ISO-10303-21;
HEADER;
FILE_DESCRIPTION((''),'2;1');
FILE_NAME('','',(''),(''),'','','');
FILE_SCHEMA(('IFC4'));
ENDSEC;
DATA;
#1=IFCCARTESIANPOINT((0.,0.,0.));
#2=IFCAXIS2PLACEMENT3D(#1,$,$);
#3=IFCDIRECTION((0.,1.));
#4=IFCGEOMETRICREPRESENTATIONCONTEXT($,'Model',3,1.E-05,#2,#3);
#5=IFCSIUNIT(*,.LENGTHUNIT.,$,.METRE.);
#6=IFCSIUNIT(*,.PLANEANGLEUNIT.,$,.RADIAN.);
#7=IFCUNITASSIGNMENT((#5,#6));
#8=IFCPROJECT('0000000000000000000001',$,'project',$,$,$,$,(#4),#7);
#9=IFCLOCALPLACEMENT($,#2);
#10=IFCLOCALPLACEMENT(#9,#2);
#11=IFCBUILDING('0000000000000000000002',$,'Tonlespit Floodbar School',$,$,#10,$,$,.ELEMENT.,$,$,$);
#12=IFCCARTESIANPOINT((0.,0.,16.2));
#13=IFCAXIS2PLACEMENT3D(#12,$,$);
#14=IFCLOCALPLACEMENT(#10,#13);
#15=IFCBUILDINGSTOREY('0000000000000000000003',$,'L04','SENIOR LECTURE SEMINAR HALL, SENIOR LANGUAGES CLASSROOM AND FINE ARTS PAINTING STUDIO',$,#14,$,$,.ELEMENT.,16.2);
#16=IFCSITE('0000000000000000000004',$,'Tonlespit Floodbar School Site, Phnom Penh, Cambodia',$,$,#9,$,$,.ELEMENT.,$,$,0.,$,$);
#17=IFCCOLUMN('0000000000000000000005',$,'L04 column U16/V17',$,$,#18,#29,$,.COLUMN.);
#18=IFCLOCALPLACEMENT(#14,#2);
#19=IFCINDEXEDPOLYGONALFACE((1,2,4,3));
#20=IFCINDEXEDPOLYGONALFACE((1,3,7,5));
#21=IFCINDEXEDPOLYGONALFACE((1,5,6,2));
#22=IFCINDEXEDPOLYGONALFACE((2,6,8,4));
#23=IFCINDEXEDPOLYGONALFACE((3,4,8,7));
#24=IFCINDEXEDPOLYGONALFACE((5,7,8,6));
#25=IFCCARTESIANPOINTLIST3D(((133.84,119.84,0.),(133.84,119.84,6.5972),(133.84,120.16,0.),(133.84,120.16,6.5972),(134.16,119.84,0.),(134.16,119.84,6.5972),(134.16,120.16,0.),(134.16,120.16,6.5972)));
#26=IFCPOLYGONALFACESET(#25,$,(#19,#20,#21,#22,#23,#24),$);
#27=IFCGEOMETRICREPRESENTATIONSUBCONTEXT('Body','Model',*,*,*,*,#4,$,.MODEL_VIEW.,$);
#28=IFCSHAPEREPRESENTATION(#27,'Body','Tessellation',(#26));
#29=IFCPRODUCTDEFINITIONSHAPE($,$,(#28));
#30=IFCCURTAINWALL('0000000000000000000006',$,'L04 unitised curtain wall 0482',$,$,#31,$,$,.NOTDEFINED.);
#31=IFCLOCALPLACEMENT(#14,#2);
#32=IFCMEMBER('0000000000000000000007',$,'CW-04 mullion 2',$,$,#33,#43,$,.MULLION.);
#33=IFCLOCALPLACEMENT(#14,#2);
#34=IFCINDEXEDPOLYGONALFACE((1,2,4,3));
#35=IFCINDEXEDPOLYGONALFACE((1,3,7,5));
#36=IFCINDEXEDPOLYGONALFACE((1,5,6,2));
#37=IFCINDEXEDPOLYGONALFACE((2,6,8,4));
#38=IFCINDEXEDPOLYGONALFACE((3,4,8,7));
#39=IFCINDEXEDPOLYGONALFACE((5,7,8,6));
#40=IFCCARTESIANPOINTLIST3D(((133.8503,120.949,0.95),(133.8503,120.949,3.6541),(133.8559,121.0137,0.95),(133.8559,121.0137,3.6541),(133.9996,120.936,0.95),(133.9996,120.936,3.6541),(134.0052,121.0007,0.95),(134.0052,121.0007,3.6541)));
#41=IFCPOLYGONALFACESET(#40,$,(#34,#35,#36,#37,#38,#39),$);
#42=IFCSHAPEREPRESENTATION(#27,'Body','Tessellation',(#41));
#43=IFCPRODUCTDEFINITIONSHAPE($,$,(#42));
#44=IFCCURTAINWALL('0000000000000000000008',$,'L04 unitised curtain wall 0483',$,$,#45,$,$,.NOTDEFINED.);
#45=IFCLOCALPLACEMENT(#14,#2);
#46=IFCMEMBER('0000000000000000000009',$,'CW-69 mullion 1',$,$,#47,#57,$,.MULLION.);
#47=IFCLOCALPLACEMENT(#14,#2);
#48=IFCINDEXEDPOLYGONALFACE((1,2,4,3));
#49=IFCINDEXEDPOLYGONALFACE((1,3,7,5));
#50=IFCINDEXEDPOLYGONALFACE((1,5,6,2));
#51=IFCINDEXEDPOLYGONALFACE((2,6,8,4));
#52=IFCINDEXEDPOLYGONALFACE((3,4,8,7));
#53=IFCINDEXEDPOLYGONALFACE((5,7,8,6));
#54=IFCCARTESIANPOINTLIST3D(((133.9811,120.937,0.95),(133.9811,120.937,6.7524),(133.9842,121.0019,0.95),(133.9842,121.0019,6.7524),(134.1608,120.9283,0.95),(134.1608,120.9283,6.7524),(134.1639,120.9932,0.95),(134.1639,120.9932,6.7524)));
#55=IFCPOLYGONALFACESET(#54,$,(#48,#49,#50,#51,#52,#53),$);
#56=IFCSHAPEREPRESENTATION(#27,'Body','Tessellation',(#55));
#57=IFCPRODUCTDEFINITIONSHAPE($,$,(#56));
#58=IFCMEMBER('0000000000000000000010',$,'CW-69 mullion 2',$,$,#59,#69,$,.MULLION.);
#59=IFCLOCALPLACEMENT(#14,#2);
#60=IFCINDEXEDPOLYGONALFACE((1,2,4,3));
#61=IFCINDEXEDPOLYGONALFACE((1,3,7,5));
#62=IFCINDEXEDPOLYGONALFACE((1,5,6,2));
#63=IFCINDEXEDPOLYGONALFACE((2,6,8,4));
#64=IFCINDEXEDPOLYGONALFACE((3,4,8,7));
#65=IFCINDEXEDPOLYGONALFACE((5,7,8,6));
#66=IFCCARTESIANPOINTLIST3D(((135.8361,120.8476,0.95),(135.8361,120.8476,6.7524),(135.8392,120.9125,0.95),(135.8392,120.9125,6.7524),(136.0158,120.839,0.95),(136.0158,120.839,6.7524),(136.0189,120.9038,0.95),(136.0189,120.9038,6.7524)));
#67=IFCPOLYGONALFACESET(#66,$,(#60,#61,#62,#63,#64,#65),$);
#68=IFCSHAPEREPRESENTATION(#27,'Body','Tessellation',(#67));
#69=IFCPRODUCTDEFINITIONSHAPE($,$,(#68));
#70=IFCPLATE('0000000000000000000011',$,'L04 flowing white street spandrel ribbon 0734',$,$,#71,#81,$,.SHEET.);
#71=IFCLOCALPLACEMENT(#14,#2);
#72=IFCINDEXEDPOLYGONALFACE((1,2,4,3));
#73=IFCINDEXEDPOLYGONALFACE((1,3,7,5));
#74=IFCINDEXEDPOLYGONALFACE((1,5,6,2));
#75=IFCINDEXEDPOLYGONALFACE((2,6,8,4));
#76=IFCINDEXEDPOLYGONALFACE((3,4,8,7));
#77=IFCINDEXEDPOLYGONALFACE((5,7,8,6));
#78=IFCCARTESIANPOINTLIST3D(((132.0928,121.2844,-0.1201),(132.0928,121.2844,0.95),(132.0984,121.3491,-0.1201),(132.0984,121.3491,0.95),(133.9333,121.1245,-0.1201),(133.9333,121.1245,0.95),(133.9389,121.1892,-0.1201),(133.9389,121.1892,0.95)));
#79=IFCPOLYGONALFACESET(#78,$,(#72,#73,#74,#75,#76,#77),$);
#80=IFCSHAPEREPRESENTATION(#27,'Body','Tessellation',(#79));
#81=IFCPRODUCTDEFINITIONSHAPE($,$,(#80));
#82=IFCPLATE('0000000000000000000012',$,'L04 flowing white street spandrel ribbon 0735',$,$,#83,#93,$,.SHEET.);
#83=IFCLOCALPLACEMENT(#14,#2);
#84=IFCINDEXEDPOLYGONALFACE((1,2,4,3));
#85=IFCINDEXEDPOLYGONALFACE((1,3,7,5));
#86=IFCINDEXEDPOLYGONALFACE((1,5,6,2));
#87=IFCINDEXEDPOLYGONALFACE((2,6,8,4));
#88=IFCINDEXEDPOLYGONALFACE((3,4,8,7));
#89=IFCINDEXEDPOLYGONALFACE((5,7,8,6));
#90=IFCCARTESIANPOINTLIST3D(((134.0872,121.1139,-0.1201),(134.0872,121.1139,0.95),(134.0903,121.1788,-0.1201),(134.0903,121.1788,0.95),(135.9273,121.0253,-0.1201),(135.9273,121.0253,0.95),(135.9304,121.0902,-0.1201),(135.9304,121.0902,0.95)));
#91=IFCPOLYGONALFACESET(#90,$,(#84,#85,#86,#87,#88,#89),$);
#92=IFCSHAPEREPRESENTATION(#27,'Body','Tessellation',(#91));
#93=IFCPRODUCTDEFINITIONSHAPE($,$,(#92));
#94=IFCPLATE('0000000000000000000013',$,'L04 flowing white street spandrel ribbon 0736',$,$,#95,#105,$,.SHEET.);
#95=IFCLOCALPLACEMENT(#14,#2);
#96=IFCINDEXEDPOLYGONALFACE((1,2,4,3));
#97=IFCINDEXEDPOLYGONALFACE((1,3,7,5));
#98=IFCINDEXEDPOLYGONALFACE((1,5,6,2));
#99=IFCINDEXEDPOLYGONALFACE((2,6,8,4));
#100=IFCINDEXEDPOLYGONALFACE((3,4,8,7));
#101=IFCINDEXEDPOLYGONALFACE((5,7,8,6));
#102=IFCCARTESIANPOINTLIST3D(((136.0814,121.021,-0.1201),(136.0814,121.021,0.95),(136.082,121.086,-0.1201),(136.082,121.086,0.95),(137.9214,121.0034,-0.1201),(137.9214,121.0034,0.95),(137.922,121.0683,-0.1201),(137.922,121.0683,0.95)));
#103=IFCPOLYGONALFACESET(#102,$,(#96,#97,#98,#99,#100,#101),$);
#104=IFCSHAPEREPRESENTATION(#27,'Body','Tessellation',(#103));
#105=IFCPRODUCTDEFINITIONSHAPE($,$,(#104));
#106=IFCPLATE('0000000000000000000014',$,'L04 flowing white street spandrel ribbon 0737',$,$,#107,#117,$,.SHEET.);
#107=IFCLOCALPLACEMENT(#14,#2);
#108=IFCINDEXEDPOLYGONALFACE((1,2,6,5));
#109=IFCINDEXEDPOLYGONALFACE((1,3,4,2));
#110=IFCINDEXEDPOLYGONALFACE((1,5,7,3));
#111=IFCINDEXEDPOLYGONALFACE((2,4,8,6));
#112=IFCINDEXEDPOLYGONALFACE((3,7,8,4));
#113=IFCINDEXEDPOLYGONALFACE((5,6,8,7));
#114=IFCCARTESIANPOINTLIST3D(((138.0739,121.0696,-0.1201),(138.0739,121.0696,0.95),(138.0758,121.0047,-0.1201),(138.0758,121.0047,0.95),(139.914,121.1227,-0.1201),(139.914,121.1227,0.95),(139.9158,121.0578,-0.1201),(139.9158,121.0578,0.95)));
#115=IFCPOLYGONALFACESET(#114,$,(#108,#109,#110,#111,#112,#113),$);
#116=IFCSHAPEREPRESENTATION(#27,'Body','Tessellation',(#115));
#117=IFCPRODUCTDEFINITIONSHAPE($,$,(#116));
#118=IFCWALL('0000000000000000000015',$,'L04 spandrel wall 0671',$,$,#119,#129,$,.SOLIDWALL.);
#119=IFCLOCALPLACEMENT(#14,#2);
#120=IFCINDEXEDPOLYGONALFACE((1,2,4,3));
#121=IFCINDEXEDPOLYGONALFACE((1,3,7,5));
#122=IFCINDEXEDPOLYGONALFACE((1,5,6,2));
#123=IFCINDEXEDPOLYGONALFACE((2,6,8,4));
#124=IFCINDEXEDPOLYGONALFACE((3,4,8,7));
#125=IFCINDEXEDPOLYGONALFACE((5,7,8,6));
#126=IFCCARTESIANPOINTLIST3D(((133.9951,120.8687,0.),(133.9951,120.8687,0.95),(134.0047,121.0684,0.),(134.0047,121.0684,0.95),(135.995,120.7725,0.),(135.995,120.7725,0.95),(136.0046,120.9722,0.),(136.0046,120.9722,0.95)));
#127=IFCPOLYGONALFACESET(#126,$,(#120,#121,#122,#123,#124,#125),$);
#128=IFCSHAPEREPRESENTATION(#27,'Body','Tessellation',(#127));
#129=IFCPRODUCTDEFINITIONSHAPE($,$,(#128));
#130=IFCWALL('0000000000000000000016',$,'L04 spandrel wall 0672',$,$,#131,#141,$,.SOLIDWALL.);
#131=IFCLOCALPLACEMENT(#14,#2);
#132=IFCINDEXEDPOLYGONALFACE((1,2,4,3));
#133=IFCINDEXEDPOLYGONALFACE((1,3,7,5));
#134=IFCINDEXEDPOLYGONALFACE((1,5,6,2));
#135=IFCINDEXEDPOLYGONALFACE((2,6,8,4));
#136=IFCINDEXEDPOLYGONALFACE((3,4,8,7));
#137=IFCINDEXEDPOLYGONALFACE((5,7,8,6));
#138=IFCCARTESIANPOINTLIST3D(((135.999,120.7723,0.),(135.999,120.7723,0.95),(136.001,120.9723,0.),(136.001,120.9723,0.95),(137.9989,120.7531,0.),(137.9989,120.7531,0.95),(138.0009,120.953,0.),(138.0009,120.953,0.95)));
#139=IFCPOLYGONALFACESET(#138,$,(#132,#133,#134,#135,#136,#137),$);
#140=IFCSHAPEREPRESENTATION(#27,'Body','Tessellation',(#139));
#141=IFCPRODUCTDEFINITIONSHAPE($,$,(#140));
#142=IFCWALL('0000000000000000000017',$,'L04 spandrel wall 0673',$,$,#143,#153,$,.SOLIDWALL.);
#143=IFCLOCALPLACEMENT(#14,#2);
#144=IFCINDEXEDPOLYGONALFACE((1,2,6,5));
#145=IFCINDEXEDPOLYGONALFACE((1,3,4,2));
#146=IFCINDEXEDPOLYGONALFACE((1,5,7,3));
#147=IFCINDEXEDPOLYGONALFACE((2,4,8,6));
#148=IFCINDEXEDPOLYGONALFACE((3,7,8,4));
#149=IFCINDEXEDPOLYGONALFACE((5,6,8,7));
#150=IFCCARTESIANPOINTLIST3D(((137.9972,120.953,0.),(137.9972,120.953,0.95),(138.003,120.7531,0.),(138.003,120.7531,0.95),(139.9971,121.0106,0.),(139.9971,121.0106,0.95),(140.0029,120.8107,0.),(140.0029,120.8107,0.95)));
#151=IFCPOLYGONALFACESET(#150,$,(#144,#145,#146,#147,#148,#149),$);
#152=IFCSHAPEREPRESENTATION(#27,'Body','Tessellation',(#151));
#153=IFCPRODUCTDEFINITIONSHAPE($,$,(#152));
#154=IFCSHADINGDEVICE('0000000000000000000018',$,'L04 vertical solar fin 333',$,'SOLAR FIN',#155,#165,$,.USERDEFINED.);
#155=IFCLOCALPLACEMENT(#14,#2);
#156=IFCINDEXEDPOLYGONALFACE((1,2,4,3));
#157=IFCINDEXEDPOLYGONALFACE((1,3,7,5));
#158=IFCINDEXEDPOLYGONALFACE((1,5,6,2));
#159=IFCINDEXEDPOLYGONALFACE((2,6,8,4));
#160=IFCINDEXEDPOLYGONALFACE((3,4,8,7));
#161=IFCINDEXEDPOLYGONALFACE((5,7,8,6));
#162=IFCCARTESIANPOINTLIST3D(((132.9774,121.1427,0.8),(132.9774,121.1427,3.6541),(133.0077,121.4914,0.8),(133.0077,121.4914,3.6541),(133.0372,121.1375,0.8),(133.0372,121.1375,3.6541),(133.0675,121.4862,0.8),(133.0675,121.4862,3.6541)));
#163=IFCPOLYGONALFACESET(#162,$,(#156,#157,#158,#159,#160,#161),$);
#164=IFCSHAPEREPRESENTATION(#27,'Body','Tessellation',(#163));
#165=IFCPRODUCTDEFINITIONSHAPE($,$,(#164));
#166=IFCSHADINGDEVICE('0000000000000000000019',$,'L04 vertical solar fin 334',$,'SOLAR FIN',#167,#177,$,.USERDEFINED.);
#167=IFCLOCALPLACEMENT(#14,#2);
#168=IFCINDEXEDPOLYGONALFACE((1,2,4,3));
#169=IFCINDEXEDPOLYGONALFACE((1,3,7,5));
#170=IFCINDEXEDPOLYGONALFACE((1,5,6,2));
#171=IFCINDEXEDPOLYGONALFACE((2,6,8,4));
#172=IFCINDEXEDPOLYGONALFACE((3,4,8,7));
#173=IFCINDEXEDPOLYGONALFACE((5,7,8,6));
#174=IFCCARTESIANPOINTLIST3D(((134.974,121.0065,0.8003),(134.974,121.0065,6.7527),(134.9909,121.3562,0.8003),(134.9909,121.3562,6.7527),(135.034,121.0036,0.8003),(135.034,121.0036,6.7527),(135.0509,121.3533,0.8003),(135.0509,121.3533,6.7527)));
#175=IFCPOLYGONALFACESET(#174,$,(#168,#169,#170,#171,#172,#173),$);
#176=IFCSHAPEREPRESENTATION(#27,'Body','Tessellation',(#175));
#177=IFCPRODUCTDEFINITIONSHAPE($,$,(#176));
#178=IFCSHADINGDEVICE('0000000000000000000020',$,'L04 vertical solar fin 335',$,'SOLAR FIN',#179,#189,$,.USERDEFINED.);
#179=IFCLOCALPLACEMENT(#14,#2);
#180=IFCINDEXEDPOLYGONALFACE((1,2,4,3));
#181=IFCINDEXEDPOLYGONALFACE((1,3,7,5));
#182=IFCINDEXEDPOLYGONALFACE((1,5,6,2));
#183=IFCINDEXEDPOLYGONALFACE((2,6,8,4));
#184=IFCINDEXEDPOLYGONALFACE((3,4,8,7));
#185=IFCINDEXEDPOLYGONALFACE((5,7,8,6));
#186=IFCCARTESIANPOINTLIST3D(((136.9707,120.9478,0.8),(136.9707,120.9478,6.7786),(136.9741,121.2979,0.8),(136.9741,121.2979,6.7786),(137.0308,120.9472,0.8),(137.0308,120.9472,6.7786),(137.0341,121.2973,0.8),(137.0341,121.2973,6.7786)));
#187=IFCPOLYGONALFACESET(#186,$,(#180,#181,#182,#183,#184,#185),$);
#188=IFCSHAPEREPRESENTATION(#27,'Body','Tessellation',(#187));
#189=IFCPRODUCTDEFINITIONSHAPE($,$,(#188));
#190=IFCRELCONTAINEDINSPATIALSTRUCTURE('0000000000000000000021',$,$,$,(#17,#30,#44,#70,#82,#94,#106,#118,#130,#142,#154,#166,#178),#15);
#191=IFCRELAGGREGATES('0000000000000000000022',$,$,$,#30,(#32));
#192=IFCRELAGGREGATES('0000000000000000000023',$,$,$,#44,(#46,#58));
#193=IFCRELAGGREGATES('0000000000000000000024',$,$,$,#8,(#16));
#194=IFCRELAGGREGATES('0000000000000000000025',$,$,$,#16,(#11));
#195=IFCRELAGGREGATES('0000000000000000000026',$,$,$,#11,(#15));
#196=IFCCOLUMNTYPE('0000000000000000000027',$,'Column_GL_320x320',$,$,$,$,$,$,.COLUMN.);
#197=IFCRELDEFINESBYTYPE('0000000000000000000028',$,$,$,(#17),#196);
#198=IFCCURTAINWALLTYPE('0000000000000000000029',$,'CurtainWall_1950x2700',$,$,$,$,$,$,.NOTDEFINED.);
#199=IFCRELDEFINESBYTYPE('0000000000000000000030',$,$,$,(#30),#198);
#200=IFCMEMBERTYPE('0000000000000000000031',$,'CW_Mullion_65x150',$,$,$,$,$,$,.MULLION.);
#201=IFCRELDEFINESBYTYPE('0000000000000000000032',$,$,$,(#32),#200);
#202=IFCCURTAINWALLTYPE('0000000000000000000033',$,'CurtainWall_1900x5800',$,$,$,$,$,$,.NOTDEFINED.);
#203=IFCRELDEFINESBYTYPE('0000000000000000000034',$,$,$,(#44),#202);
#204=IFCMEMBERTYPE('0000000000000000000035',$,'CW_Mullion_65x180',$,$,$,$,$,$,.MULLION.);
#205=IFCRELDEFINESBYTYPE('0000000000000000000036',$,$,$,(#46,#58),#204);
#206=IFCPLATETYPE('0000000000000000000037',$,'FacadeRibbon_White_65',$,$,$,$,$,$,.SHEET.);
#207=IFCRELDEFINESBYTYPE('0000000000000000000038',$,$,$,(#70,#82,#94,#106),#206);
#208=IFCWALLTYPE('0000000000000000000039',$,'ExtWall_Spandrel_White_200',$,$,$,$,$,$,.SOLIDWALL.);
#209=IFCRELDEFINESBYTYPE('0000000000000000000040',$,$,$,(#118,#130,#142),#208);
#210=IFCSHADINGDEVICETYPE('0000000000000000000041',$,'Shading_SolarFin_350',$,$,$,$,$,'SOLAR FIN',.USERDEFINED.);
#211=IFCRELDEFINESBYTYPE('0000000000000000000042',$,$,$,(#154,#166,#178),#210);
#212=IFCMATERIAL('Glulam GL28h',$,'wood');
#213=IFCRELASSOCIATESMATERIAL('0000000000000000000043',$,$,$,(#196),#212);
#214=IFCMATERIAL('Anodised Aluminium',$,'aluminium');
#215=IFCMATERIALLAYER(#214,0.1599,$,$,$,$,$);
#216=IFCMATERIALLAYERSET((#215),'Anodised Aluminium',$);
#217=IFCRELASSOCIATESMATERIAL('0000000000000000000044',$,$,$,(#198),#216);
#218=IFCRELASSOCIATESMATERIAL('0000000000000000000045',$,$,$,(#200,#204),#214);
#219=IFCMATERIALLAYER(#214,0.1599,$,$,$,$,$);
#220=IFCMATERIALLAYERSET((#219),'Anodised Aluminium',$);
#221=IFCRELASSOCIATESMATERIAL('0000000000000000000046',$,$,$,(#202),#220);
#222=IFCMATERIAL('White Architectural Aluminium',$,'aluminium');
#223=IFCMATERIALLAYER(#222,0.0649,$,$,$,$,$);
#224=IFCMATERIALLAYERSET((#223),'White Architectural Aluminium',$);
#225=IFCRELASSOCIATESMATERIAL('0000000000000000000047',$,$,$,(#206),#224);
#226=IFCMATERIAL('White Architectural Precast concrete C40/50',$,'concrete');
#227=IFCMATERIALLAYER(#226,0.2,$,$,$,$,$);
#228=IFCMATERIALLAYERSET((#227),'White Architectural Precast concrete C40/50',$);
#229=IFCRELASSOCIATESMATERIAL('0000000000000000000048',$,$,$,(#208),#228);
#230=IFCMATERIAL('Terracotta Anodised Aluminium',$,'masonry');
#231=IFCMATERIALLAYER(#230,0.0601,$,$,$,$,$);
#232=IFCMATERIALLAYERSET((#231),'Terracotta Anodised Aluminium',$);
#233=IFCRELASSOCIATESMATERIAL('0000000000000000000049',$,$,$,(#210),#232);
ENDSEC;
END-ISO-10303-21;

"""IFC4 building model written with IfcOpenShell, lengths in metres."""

from ifc_helpers import new_model, si_unit, direction, frame, frame_2d, origin, origin_2d, place, context, subcontext, project, spatial, rectangle, extrude, material, layer, layer_set, material_profile, profile_set, type_object, element, aggregate, save


model = new_model("IFC4")

# Units and contexts
model_context = context("Model", 3, precision=1e-05, world=origin(), true_north=direction((0.0, 1.0)))
body_context = subcontext(model_context, "Body", "Model", "MODEL_VIEW")
ifc_project = project(units=[si_unit("LENGTHUNIT", "METRE"), si_unit("PLANEANGLEUNIT", "RADIAN")], contexts=[model_context])

# Site, building, storey
site_placement = place(None, origin())
site = spatial("IfcSite", under=ifc_project, at=site_placement, Name="Tonlespit Floodbar School Site, Phnom Penh, Cambodia", CompositionType="ELEMENT", RefElevation=0.0)
building_placement = place(site_placement, origin())
building = spatial("IfcBuilding", under=site, at=building_placement, Name="Tonlespit Floodbar School", CompositionType="ELEMENT")
storey_placement = place(building_placement, frame((0.0, 0.0, 16.2)))
storey = spatial("IfcBuildingStorey", under=building, at=storey_placement, Name="L04", Description="SENIOR LECTURE SEMINAR HALL, SENIOR LANGUAGES CLASSROOM AND FINE ARTS PAINTING STUDIO", CompositionType="ELEMENT", Elevation=16.2)

# Column
ifc_material_1 = material(Name="Glulam GL28h", Category="wood")
ifc_material_profile_1 = material_profile(ifc_material_1, rectangle(XDim=0.3201, YDim=0.3201, at=origin_2d()), Name="GL 320x320")
ifc_profile_set_1 = profile_set([ifc_material_profile_1], Name="Glulam GL28h")
column_type = type_object("IfcColumnType", Name="Column_GL_320x320", PredefinedType="COLUMN", material=ifc_profile_set_1)
column_placement = place(storey_placement, frame((134.0, 120.0, 0.0), z_axis=(0.0, 0.0, 1.0), x_axis=(1.0, 0.0, 0.0)))
element("IfcColumn", 1, at=column_placement, inside=storey, type_object=column_type, Name="L04 column U16/V17", PredefinedType="COLUMN", context=body_context, shape_type="SweptSolid", body=[
    extrude(rectangle(XDim=0.3201, YDim=0.3201, at=origin_2d()), origin(), (0.0, 0.0, 1.0), 6.5972),
])

# Curtain wall, member
ifc_material_2 = material(Name="Anodised Aluminium", Category="aluminium")
ifc_layer_1 = layer(ifc_material_2, 0.1599)
ifc_layer_set_1 = layer_set([ifc_layer_1], Name="Anodised Aluminium")
curtain_wall_type_1 = type_object("IfcCurtainWallType", Name="CurtainWall_1950x2700", PredefinedType="NOTDEFINED", material=ifc_layer_set_1)
curtain_wall_1_placement = place(storey_placement, origin())
curtain_wall_1 = element("IfcCurtainWall", 2, at=curtain_wall_1_placement, inside=storey, type_object=curtain_wall_type_1, Name="L04 unitised curtain wall 0482", PredefinedType="NOTDEFINED")
ifc_material_profile_2 = material_profile(ifc_material_2, rectangle(XDim=0.0649, YDim=0.1499, at=origin_2d()), Name="ALU M65x150")
ifc_profile_set_2 = profile_set([ifc_material_profile_2], Name="Anodised Aluminium")
member_type_1 = type_object("IfcMemberType", Name="CW_Mullion_65x150", PredefinedType="MULLION", material=ifc_profile_set_2)
member_1_placement = place(storey_placement, frame((133.9277, 120.9749, 0.95), z_axis=(0.0, 0.0, 1.0), x_axis=(0.086531, 0.996249, 0.0)))
member_1 = element("IfcMember", 3, at=member_1_placement, type_object=member_type_1, Name="CW-04 mullion 2", PredefinedType="MULLION", context=body_context, shape_type="SweptSolid", body=[
    extrude(rectangle(XDim=0.0649, YDim=0.1499, at=origin_2d()), origin(), (0.0, 0.0, 1.0), 2.7041),
])
aggregate(curtain_wall_1, [member_1])

# Curtain wall, members
ifc_layer_2 = layer(ifc_material_2, 0.1599)
ifc_layer_set_2 = layer_set([ifc_layer_2], Name="Anodised Aluminium")
curtain_wall_type_2 = type_object("IfcCurtainWallType", Name="CurtainWall_1900x5800", PredefinedType="NOTDEFINED", material=ifc_layer_set_2)
curtain_wall_2_placement = place(storey_placement, origin())
curtain_wall_2 = element("IfcCurtainWall", 4, at=curtain_wall_2_placement, inside=storey, type_object=curtain_wall_type_2, Name="L04 unitised curtain wall 0483", PredefinedType="NOTDEFINED")
ifc_material_profile_3 = material_profile(ifc_material_2, rectangle(XDim=0.0649, YDim=0.1799, at=origin_2d()), Name="ALU M65x180")
ifc_profile_set_3 = profile_set([ifc_material_profile_3], Name="Anodised Aluminium")
member_type_2 = type_object("IfcMemberType", Name="CW_Mullion_65x180", PredefinedType="MULLION", material=ifc_profile_set_3)
member_2_placement = place(storey_placement, frame((134.0725, 120.9651, 0.95), z_axis=(0.0, 0.0, 1.0), x_axis=(0.048121, 0.998842, 0.0)))
member_2 = element("IfcMember", 5, at=member_2_placement, type_object=member_type_2, Name="CW-69 mullion 1", PredefinedType="MULLION", context=body_context, shape_type="SweptSolid", body=[
    extrude(rectangle(XDim=0.0649, YDim=0.1799, at=origin_2d()), origin(), (0.0, 0.0, 1.0), 5.8025),
])
member_3_placement = place(storey_placement, frame((135.9275, 120.8757, 0.95), z_axis=(0.0, 0.0, 1.0), x_axis=(0.048121, 0.998842, 0.0)))
member_3 = element("IfcMember", 6, at=member_3_placement, type_object=member_type_2, Name="CW-69 mullion 2", PredefinedType="MULLION", context=body_context, shape_type="SweptSolid", body=[
    extrude(rectangle(XDim=0.0649, YDim=0.1799, at=origin_2d()), origin(), (0.0, 0.0, 1.0), 5.8025),
])
aggregate(curtain_wall_2, [member_2, member_3])

# Plates
ifc_material_3 = material(Name="White Architectural Aluminium", Category="aluminium")
ifc_layer_3 = layer(ifc_material_3, 0.0649)
ifc_layer_set_3 = layer_set([ifc_layer_3], Name="White Architectural Aluminium")
plate_type = type_object("IfcPlateType", Name="FacadeRibbon_White_65", PredefinedType="SHEET", material=ifc_layer_set_3)
plate_1_placement = place(storey_placement, frame((133.0159, 121.2368, -0.1201), z_axis=(0.0, 0.0, 1.0), x_axis=(0.996245, -0.086573, 0.0)))
element("IfcPlate", 7, at=plate_1_placement, inside=storey, type_object=plate_type, Name="L04 flowing white street spandrel ribbon 0734", PredefinedType="SHEET", context=body_context, shape_type="SweptSolid", body=[
    extrude(rectangle(XDim=1.8474, YDim=0.0649, at=origin_2d()), origin(), (0.0, 0.0, 1.0), 1.0701),
])
plate_2_placement = place(storey_placement, frame((135.0088, 121.1021, -0.1201), z_axis=(0.0, 0.0, 1.0), x_axis=(0.998843, -0.048095, 0.0)))
element("IfcPlate", 8, at=plate_2_placement, inside=storey, type_object=plate_type, Name="L04 flowing white street spandrel ribbon 0735", PredefinedType="SHEET", context=body_context, shape_type="SweptSolid", body=[
    extrude(rectangle(XDim=1.8423, YDim=0.0649, at=origin_2d()), origin(), (0.0, 0.0, 1.0), 1.0701),
])
plate_3_placement = place(storey_placement, frame((137.0017, 121.0447, -0.1201), z_axis=(0.0, 0.0, 1.0), x_axis=(0.999954, -0.009599, 0.0)))
element("IfcPlate", 9, at=plate_3_placement, inside=storey, type_object=plate_type, Name="L04 flowing white street spandrel ribbon 0736", PredefinedType="SHEET", context=body_context, shape_type="SweptSolid", body=[
    extrude(rectangle(XDim=1.8401, YDim=0.0649, at=origin_2d()), origin(), (0.0, 0.0, 1.0), 1.0701),
])
plate_4_placement = place(storey_placement, frame((138.9949, 121.0637, -0.1201), z_axis=(0.0, 0.0, 1.0), x_axis=(0.999584, 0.028838, 0.0)))
element("IfcPlate", 10, at=plate_4_placement, inside=storey, type_object=plate_type, Name="L04 flowing white street spandrel ribbon 0737", PredefinedType="SHEET", context=body_context, shape_type="SweptSolid", body=[
    extrude(rectangle(XDim=1.8408, YDim=0.0649, at=origin_2d()), origin(), (0.0, 0.0, 1.0), 1.0701),
])

# Walls
ifc_material_4 = material(Name="White Architectural Precast concrete C40/50", Category="concrete")
ifc_layer_4 = layer(ifc_material_4, 0.2)
ifc_layer_set_4 = layer_set([ifc_layer_4], Name="White Architectural Precast concrete C40/50")
wall_type = type_object("IfcWallType", Name="ExtWall_Spandrel_White_200", PredefinedType="SOLIDWALL", material=ifc_layer_set_4)
wall_1_placement = place(storey_placement, frame((134.0, 120.9685, 0.0), z_axis=(0.0, 0.0, 1.0), x_axis=(0.998845, -0.04804, 0.0)))
element("IfcWall", 11, at=wall_1_placement, inside=storey, type_object=wall_type, Name="L04 spandrel wall 0671", PredefinedType="SOLIDWALL", context=body_context, shape_type="SweptSolid", body=[
    extrude(rectangle(XDim=2.0022, YDim=0.2, at=frame_2d((1.001, 0.0))), origin(), (0.0, 0.0, 1.0), 0.95),
])
wall_2_placement = place(storey_placement, frame((136.0, 120.8723, 0.0), z_axis=(0.0, 0.0, 1.0), x_axis=(0.999954, -0.009643, 0.0)))
element("IfcWall", 12, at=wall_2_placement, inside=storey, type_object=wall_type, Name="L04 spandrel wall 0672", PredefinedType="SOLIDWALL", context=body_context, shape_type="SweptSolid", body=[
    extrude(rectangle(XDim=2.0, YDim=0.2, at=frame_2d((1.0, 0.0))), origin(), (0.0, 0.0, 1.0), 0.95),
])
wall_3_placement = place(storey_placement, frame((138.0, 120.853, 0.0), z_axis=(0.0, 0.0, 1.0), x_axis=(0.999585, 0.028797, 0.0)))
element("IfcWall", 13, at=wall_3_placement, inside=storey, type_object=wall_type, Name="L04 spandrel wall 0673", PredefinedType="SOLIDWALL", context=body_context, shape_type="SweptSolid", body=[
    extrude(rectangle(XDim=2.0007, YDim=0.2, at=frame_2d((1.0005, 0.0))), origin(), (0.0, 0.0, 1.0), 0.95),
])

# Shading devices
ifc_material_5 = material(Name="Terracotta Anodised Aluminium", Category="masonry")
ifc_layer_5 = layer(ifc_material_5, 0.0601)
ifc_layer_set_5 = layer_set([ifc_layer_5], Name="Terracotta Anodised Aluminium")
shading_device_type = type_object("IfcShadingDeviceType", Name="Shading_SolarFin_350", ElementType="SOLAR FIN", PredefinedType="USERDEFINED", material=ifc_layer_set_5)
shading_device_1_placement = place(storey_placement, frame((133.0225, 121.3145, 0.8), z_axis=(0.0, 0.0, 1.0), x_axis=(0.996245, -0.086573, 0.0)))
element("IfcShadingDevice", 14, at=shading_device_1_placement, inside=storey, type_object=shading_device_type, Name="L04 vertical solar fin 333", ObjectType="SOLAR FIN", PredefinedType="USERDEFINED", context=body_context, shape_type="SweptSolid", body=[
    extrude(rectangle(XDim=0.0601, YDim=0.3501, at=origin_2d()), origin(), (0.0, 0.0, 1.0), 2.854),
])
shading_device_2_placement = place(storey_placement, frame((135.0125, 121.1799, 0.8003), z_axis=(0.0, 0.0, 1.0), x_axis=(0.998843, -0.048095, 0.0)))
element("IfcShadingDevice", 15, at=shading_device_2_placement, inside=storey, type_object=shading_device_type, Name="L04 vertical solar fin 334", ObjectType="SOLAR FIN", PredefinedType="USERDEFINED", context=body_context, shape_type="SweptSolid", body=[
    extrude(rectangle(XDim=0.0601, YDim=0.3501, at=origin_2d()), origin(), (0.0, 0.0, 1.0), 5.9524),
])
shading_device_3_placement = place(storey_placement, frame((137.0024, 121.1226, 0.8), z_axis=(0.0, 0.0, 1.0), x_axis=(0.999954, -0.009599, 0.0)))
element("IfcShadingDevice", 16, at=shading_device_3_placement, inside=storey, type_object=shading_device_type, Name="L04 vertical solar fin 335", ObjectType="SOLAR FIN", PredefinedType="USERDEFINED", context=body_context, shape_type="SweptSolid", body=[
    extrude(rectangle(XDim=0.0601, YDim=0.3501, at=origin_2d()), origin(), (0.0, 0.0, 1.0), 5.9785),
])

save(model, "model.ifc")
